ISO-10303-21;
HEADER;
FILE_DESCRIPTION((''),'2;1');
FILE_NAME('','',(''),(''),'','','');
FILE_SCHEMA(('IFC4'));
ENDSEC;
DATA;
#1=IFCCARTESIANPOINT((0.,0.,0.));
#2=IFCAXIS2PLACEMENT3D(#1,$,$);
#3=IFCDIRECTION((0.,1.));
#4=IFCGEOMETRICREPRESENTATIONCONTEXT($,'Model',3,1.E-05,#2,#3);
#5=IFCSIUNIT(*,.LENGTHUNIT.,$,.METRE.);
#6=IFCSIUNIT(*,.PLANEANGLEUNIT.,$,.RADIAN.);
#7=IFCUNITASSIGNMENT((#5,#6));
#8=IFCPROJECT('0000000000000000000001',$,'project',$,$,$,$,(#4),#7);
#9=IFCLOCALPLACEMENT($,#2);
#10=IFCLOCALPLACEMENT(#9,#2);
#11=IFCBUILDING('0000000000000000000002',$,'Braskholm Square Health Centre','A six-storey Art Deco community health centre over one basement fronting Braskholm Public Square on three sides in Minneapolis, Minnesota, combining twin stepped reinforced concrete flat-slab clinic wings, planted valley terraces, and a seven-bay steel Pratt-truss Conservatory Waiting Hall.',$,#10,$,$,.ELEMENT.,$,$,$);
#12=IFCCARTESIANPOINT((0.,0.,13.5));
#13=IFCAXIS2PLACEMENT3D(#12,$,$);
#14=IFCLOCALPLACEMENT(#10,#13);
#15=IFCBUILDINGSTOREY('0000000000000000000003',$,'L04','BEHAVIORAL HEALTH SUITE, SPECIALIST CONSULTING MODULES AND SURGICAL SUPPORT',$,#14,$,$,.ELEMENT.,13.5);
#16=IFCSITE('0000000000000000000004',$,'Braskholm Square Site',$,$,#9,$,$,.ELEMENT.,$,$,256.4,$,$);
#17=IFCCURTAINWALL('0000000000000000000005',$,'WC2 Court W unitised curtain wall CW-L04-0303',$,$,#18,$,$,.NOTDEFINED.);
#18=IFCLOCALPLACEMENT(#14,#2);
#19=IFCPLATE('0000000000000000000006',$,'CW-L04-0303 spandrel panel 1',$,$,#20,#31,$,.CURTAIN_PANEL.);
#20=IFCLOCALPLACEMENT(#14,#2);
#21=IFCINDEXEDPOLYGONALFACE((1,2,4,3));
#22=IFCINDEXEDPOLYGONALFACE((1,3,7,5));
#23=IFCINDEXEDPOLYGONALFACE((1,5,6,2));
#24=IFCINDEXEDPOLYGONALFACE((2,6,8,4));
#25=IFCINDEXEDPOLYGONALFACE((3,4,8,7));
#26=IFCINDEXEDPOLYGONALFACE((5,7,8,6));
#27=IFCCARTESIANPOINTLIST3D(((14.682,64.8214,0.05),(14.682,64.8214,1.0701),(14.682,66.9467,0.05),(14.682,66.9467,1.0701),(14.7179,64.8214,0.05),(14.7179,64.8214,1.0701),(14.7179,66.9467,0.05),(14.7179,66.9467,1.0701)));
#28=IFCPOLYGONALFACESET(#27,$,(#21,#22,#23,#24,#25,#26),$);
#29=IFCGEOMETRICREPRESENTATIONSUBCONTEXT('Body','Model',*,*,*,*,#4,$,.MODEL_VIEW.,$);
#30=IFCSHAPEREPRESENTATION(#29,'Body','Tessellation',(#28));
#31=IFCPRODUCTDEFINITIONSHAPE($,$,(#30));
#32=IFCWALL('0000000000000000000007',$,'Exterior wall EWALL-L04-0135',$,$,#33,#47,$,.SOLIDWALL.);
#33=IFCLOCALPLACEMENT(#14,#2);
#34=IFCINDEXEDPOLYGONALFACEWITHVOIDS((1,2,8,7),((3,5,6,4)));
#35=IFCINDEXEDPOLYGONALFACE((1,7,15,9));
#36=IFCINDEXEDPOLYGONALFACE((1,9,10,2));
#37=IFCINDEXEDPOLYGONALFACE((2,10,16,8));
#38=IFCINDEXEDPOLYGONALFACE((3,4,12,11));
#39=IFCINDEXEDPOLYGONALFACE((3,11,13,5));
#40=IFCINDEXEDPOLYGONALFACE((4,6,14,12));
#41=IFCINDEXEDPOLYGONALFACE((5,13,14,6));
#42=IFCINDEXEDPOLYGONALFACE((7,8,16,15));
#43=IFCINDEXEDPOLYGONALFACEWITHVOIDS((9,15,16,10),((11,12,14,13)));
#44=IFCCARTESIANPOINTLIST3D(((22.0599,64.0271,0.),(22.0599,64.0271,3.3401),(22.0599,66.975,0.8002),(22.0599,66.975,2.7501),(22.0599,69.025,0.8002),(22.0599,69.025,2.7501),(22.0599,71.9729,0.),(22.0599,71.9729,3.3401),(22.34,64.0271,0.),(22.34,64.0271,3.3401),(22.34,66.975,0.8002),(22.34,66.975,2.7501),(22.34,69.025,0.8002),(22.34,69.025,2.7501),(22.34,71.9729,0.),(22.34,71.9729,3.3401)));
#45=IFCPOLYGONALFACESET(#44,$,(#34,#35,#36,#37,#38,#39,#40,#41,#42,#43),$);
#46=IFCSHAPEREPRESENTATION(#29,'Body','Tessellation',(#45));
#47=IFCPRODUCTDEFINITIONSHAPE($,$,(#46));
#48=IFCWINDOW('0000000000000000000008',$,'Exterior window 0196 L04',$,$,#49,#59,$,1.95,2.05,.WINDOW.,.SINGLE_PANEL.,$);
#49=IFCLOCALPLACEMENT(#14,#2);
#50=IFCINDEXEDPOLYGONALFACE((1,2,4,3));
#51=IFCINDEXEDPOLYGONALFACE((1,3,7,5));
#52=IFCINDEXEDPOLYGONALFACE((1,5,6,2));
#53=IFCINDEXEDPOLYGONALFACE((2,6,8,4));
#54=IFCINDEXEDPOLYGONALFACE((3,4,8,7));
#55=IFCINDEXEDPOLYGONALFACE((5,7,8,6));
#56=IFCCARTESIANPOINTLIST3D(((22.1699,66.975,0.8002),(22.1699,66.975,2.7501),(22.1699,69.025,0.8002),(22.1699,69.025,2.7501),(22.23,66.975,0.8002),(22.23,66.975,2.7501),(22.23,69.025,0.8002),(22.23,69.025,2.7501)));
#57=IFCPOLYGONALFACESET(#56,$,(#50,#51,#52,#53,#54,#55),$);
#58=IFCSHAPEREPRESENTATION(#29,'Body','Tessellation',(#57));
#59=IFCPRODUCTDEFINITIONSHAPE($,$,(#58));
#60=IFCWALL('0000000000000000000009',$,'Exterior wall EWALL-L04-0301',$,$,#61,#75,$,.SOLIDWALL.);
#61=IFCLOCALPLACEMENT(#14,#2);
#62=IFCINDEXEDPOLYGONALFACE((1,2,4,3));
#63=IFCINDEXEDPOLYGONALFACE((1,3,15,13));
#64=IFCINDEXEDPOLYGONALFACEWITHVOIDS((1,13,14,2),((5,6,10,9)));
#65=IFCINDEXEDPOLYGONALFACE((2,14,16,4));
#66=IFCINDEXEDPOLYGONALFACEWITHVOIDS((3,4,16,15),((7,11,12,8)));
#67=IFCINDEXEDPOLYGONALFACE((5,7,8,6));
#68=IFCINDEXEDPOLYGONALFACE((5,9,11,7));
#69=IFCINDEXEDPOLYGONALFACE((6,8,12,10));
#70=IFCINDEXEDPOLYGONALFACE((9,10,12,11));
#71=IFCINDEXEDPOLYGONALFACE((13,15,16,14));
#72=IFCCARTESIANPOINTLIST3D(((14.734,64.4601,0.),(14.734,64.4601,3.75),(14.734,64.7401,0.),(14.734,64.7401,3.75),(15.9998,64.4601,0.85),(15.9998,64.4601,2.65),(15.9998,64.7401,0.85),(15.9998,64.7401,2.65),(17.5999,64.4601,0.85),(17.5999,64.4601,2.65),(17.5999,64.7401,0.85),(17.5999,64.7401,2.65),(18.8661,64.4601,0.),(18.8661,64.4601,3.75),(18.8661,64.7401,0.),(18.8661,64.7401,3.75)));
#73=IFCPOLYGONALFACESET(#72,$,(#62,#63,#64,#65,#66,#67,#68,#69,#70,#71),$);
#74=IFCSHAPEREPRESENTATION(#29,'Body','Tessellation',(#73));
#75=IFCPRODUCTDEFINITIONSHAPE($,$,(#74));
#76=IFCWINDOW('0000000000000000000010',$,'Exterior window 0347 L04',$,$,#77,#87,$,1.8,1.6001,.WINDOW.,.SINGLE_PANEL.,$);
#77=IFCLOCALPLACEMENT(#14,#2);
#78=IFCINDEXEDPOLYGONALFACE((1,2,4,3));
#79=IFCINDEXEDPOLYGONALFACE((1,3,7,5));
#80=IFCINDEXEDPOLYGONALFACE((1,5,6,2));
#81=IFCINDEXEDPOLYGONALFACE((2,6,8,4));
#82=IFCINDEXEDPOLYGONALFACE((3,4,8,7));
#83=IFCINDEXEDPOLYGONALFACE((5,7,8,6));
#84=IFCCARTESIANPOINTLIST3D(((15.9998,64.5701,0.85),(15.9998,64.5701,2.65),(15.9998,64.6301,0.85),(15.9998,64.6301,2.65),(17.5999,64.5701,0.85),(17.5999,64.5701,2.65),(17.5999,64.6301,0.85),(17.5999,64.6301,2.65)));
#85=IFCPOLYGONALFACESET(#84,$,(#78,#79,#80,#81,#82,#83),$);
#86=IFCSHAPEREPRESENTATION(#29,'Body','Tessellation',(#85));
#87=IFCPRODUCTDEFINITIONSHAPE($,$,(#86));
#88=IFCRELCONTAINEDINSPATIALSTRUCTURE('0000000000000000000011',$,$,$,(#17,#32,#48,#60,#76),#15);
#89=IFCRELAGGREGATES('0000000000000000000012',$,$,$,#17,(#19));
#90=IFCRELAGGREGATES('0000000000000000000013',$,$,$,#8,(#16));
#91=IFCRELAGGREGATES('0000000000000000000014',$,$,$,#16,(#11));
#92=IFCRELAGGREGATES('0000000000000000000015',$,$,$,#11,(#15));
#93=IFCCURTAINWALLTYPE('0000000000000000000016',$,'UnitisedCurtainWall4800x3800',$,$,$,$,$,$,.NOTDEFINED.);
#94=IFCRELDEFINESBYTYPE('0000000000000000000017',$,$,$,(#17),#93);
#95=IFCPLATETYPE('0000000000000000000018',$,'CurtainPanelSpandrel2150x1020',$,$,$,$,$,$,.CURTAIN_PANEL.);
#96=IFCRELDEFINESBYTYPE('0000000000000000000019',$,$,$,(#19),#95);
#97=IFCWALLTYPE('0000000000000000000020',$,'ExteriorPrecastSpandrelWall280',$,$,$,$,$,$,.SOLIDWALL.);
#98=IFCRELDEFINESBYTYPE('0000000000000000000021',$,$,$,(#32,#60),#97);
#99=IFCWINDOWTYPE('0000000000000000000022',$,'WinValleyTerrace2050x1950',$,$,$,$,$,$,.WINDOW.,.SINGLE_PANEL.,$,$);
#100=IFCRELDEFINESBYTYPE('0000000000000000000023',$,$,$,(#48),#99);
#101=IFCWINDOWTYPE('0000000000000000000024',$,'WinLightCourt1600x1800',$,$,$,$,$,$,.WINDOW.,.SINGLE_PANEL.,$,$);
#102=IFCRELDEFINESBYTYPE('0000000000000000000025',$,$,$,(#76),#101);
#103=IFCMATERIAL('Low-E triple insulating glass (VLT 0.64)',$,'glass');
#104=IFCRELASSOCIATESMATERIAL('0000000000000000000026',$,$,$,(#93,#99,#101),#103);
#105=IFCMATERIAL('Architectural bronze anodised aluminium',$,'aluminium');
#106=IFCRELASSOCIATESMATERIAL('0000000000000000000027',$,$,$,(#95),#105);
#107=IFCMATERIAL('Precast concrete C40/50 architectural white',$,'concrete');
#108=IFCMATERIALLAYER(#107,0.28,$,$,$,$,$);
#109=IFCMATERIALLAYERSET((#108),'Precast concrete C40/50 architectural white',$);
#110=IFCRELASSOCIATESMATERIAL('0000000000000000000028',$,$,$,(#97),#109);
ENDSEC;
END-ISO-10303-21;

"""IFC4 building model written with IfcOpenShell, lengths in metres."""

from ifc_helpers import new_model, si_unit, direction, frame, frame_2d, origin, origin_with_axes, origin_2d, place, context, subcontext, project, spatial, rectangle, extrude, material, layer, layer_set, type_object, element, fill, aggregate, save


model = new_model("IFC4")

# Units and contexts
model_context = context("Model", 3, precision=1e-05, world=origin(), true_north=direction((0.0, 1.0)))
body_context = subcontext(model_context, "Body", "Model", "MODEL_VIEW")
ifc_project = project(units=[si_unit("LENGTHUNIT", "METRE"), si_unit("PLANEANGLEUNIT", "RADIAN")], contexts=[model_context])

# Site, building, storey
site_placement = place(None, origin())
site = spatial("IfcSite", under=ifc_project, at=site_placement, Name="Braskholm Square Site", CompositionType="ELEMENT", RefElevation=256.4)
building_placement = place(site_placement, origin())
building = spatial("IfcBuilding", under=site, at=building_placement, Name="Braskholm Square Health Centre", Description="A six-storey Art Deco community health centre over one basement fronting Braskholm Public Square on three sides in Minneapolis, Minnesota, combining twin stepped reinforced concrete flat-slab clinic wings, planted valley terraces, and a seven-bay steel Pratt-truss Conservatory Waiting Hall.", CompositionType="ELEMENT")
storey_placement = place(building_placement, frame((0.0, 0.0, 13.5)))
storey = spatial("IfcBuildingStorey", under=building, at=storey_placement, Name="L04", Description="BEHAVIORAL HEALTH SUITE, SPECIALIST CONSULTING MODULES AND SURGICAL SUPPORT", CompositionType="ELEMENT", Elevation=13.5)

# Shared definitions
ifc_material_1 = material(Name="Low-E triple insulating glass (VLT 0.64)", Category="glass")
curtain_wall_type = type_object("IfcCurtainWallType", Name="UnitisedCurtainWall4800x3800", PredefinedType="NOTDEFINED", material=ifc_material_1)
ifc_material_2 = material(Name="Architectural bronze anodised aluminium", Category="aluminium")

# Curtain wall
curtain_wall_1_placement = place(storey_placement, origin())
curtain_wall_1 = element("IfcCurtainWall", 1, at=curtain_wall_1_placement, inside=storey, type_object=curtain_wall_type, Name="WC2 Court W unitised curtain wall CW-L04-0303", PredefinedType="NOTDEFINED")

# Shared definitions
ifc_material_3 = material(Name="Precast concrete C40/50 architectural white", Category="concrete")

# Plate
plate_type = type_object("IfcPlateType", Name="CurtainPanelSpandrel2150x1020", PredefinedType="CURTAIN_PANEL", material=ifc_material_2)
plate_placement = place(storey_placement, frame((14.7, 65.884, 0.05), z_axis=(0.0, 0.0, 1.0), x_axis=(0.0, 1.0, 0.0)))
plate = element("IfcPlate", 2, at=plate_placement, type_object=plate_type, Name="CW-L04-0303 spandrel panel 1", PredefinedType="CURTAIN_PANEL", context=body_context, shape_type="SweptSolid", body=[
    extrude(rectangle(XDim=2.1252, YDim=0.0359, at=origin_2d()), origin(), (0.0, 0.0, 1.0), 1.02),
])
aggregate(curtain_wall_1, [plate])

# Walls, openings, windows
ifc_layer = layer(ifc_material_3, 0.28)
ifc_layer_set = layer_set([ifc_layer], Name="Precast concrete C40/50 architectural white")
wall_type = type_object("IfcWallType", Name="ExteriorPrecastSpandrelWall280", PredefinedType="SOLIDWALL", material=ifc_layer_set)
wall_1_placement = place(storey_placement, frame((22.2, 64.0271, 0.0), z_axis=(0.0, 0.0, 1.0), x_axis=(0.0, 1.0, 0.0)))
wall_1 = element("IfcWall", 3, at=wall_1_placement, inside=storey, type_object=wall_type, Name="Exterior wall EWALL-L04-0135", PredefinedType="SOLIDWALL", context=body_context, shape_type="SweptSolid", body=[
    extrude(rectangle(XDim=7.9458, YDim=0.28, at=frame_2d((3.9729, 0.0))), origin(), (0.0, 0.0, 1.0), 3.3401),
])
opening_1_placement = place(wall_1_placement, frame((2.948, 0.0, 0.8)))
opening_1 = element("IfcOpeningElement", 4, at=opening_1_placement, cuts=wall_1, PredefinedType="OPENING", context=body_context, shape_type="SweptSolid", body=[
    extrude(rectangle(XDim=2.05, YDim=1.95, at=frame_2d((1.0249, 0.9751))), frame((0.0, 0.1499, 0.0), z_axis=(0.0, -1.0, 0.0), x_axis=(1.0, 0.0, 0.0)), (0.0, 0.0, 1.0), 0.3),
])
window_type_1 = type_object("IfcWindowType", Name="WinValleyTerrace2050x1950", PartitioningType="SINGLE_PANEL", PredefinedType="WINDOW", material=ifc_material_1)
window_1_placement = place(opening_1_placement, origin_with_axes())
window_1 = element("IfcWindow", 5, at=window_1_placement, inside=storey, type_object=window_type_1, Name="Exterior window 0196 L04", OverallHeight=1.95, OverallWidth=2.05, PartitioningType="SINGLE_PANEL", PredefinedType="WINDOW", context=body_context, shape_type="SweptSolid", body=[
    extrude(rectangle(XDim=2.05, YDim=1.95, at=frame_2d((1.0249, 0.9751))), frame((0.0, 0.03, 0.0), z_axis=(0.0, -1.0, 0.0), x_axis=(1.0, 0.0, 0.0)), (0.0, 0.0, 1.0), 0.0601),
])
fill(opening_1, window_1)
wall_2_placement = place(storey_placement, frame((18.866, 64.6001, 0.0), z_axis=(0.0, 0.0, 1.0), x_axis=(-1.0, 0.0, 0.0)))
wall_2 = element("IfcWall", 6, at=wall_2_placement, inside=storey, type_object=wall_type, Name="Exterior wall EWALL-L04-0301", PredefinedType="SOLIDWALL", context=body_context, shape_type="SweptSolid", body=[
    extrude(rectangle(XDim=4.1321, YDim=0.28, at=frame_2d((2.0659, 0.0))), origin(), (0.0, 0.0, 1.0), 3.75),
])
opening_2_placement = place(wall_2_placement, frame((1.2661, 0.0, 0.8501)))
opening_2 = element("IfcOpeningElement", 7, at=opening_2_placement, cuts=wall_2, PredefinedType="OPENING", context=body_context, shape_type="SweptSolid", body=[
    extrude(rectangle(XDim=1.6001, YDim=1.8, at=frame_2d((0.8, 0.8999))), frame((0.0, 0.1499, 0.0), z_axis=(0.0, -1.0, 0.0), x_axis=(1.0, 0.0, 0.0)), (0.0, 0.0, 1.0), 0.3),
])
window_type_2 = type_object("IfcWindowType", Name="WinLightCourt1600x1800", PartitioningType="SINGLE_PANEL", PredefinedType="WINDOW", material=ifc_material_1)
window_2_placement = place(opening_2_placement, origin_with_axes())
window_2 = element("IfcWindow", 8, at=window_2_placement, inside=storey, type_object=window_type_2, Name="Exterior window 0347 L04", OverallHeight=1.8, OverallWidth=1.6001, PartitioningType="SINGLE_PANEL", PredefinedType="WINDOW", context=body_context, shape_type="SweptSolid", body=[
    extrude(rectangle(XDim=1.6001, YDim=1.8, at=frame_2d((0.8, 0.8999))), frame((0.0, 0.03, 0.0), z_axis=(0.0, -1.0, 0.0), x_axis=(1.0, 0.0, 0.0)), (0.0, 0.0, 1.0), 0.0601),
])
fill(opening_2, window_2)

save(model, "model.ifc")
